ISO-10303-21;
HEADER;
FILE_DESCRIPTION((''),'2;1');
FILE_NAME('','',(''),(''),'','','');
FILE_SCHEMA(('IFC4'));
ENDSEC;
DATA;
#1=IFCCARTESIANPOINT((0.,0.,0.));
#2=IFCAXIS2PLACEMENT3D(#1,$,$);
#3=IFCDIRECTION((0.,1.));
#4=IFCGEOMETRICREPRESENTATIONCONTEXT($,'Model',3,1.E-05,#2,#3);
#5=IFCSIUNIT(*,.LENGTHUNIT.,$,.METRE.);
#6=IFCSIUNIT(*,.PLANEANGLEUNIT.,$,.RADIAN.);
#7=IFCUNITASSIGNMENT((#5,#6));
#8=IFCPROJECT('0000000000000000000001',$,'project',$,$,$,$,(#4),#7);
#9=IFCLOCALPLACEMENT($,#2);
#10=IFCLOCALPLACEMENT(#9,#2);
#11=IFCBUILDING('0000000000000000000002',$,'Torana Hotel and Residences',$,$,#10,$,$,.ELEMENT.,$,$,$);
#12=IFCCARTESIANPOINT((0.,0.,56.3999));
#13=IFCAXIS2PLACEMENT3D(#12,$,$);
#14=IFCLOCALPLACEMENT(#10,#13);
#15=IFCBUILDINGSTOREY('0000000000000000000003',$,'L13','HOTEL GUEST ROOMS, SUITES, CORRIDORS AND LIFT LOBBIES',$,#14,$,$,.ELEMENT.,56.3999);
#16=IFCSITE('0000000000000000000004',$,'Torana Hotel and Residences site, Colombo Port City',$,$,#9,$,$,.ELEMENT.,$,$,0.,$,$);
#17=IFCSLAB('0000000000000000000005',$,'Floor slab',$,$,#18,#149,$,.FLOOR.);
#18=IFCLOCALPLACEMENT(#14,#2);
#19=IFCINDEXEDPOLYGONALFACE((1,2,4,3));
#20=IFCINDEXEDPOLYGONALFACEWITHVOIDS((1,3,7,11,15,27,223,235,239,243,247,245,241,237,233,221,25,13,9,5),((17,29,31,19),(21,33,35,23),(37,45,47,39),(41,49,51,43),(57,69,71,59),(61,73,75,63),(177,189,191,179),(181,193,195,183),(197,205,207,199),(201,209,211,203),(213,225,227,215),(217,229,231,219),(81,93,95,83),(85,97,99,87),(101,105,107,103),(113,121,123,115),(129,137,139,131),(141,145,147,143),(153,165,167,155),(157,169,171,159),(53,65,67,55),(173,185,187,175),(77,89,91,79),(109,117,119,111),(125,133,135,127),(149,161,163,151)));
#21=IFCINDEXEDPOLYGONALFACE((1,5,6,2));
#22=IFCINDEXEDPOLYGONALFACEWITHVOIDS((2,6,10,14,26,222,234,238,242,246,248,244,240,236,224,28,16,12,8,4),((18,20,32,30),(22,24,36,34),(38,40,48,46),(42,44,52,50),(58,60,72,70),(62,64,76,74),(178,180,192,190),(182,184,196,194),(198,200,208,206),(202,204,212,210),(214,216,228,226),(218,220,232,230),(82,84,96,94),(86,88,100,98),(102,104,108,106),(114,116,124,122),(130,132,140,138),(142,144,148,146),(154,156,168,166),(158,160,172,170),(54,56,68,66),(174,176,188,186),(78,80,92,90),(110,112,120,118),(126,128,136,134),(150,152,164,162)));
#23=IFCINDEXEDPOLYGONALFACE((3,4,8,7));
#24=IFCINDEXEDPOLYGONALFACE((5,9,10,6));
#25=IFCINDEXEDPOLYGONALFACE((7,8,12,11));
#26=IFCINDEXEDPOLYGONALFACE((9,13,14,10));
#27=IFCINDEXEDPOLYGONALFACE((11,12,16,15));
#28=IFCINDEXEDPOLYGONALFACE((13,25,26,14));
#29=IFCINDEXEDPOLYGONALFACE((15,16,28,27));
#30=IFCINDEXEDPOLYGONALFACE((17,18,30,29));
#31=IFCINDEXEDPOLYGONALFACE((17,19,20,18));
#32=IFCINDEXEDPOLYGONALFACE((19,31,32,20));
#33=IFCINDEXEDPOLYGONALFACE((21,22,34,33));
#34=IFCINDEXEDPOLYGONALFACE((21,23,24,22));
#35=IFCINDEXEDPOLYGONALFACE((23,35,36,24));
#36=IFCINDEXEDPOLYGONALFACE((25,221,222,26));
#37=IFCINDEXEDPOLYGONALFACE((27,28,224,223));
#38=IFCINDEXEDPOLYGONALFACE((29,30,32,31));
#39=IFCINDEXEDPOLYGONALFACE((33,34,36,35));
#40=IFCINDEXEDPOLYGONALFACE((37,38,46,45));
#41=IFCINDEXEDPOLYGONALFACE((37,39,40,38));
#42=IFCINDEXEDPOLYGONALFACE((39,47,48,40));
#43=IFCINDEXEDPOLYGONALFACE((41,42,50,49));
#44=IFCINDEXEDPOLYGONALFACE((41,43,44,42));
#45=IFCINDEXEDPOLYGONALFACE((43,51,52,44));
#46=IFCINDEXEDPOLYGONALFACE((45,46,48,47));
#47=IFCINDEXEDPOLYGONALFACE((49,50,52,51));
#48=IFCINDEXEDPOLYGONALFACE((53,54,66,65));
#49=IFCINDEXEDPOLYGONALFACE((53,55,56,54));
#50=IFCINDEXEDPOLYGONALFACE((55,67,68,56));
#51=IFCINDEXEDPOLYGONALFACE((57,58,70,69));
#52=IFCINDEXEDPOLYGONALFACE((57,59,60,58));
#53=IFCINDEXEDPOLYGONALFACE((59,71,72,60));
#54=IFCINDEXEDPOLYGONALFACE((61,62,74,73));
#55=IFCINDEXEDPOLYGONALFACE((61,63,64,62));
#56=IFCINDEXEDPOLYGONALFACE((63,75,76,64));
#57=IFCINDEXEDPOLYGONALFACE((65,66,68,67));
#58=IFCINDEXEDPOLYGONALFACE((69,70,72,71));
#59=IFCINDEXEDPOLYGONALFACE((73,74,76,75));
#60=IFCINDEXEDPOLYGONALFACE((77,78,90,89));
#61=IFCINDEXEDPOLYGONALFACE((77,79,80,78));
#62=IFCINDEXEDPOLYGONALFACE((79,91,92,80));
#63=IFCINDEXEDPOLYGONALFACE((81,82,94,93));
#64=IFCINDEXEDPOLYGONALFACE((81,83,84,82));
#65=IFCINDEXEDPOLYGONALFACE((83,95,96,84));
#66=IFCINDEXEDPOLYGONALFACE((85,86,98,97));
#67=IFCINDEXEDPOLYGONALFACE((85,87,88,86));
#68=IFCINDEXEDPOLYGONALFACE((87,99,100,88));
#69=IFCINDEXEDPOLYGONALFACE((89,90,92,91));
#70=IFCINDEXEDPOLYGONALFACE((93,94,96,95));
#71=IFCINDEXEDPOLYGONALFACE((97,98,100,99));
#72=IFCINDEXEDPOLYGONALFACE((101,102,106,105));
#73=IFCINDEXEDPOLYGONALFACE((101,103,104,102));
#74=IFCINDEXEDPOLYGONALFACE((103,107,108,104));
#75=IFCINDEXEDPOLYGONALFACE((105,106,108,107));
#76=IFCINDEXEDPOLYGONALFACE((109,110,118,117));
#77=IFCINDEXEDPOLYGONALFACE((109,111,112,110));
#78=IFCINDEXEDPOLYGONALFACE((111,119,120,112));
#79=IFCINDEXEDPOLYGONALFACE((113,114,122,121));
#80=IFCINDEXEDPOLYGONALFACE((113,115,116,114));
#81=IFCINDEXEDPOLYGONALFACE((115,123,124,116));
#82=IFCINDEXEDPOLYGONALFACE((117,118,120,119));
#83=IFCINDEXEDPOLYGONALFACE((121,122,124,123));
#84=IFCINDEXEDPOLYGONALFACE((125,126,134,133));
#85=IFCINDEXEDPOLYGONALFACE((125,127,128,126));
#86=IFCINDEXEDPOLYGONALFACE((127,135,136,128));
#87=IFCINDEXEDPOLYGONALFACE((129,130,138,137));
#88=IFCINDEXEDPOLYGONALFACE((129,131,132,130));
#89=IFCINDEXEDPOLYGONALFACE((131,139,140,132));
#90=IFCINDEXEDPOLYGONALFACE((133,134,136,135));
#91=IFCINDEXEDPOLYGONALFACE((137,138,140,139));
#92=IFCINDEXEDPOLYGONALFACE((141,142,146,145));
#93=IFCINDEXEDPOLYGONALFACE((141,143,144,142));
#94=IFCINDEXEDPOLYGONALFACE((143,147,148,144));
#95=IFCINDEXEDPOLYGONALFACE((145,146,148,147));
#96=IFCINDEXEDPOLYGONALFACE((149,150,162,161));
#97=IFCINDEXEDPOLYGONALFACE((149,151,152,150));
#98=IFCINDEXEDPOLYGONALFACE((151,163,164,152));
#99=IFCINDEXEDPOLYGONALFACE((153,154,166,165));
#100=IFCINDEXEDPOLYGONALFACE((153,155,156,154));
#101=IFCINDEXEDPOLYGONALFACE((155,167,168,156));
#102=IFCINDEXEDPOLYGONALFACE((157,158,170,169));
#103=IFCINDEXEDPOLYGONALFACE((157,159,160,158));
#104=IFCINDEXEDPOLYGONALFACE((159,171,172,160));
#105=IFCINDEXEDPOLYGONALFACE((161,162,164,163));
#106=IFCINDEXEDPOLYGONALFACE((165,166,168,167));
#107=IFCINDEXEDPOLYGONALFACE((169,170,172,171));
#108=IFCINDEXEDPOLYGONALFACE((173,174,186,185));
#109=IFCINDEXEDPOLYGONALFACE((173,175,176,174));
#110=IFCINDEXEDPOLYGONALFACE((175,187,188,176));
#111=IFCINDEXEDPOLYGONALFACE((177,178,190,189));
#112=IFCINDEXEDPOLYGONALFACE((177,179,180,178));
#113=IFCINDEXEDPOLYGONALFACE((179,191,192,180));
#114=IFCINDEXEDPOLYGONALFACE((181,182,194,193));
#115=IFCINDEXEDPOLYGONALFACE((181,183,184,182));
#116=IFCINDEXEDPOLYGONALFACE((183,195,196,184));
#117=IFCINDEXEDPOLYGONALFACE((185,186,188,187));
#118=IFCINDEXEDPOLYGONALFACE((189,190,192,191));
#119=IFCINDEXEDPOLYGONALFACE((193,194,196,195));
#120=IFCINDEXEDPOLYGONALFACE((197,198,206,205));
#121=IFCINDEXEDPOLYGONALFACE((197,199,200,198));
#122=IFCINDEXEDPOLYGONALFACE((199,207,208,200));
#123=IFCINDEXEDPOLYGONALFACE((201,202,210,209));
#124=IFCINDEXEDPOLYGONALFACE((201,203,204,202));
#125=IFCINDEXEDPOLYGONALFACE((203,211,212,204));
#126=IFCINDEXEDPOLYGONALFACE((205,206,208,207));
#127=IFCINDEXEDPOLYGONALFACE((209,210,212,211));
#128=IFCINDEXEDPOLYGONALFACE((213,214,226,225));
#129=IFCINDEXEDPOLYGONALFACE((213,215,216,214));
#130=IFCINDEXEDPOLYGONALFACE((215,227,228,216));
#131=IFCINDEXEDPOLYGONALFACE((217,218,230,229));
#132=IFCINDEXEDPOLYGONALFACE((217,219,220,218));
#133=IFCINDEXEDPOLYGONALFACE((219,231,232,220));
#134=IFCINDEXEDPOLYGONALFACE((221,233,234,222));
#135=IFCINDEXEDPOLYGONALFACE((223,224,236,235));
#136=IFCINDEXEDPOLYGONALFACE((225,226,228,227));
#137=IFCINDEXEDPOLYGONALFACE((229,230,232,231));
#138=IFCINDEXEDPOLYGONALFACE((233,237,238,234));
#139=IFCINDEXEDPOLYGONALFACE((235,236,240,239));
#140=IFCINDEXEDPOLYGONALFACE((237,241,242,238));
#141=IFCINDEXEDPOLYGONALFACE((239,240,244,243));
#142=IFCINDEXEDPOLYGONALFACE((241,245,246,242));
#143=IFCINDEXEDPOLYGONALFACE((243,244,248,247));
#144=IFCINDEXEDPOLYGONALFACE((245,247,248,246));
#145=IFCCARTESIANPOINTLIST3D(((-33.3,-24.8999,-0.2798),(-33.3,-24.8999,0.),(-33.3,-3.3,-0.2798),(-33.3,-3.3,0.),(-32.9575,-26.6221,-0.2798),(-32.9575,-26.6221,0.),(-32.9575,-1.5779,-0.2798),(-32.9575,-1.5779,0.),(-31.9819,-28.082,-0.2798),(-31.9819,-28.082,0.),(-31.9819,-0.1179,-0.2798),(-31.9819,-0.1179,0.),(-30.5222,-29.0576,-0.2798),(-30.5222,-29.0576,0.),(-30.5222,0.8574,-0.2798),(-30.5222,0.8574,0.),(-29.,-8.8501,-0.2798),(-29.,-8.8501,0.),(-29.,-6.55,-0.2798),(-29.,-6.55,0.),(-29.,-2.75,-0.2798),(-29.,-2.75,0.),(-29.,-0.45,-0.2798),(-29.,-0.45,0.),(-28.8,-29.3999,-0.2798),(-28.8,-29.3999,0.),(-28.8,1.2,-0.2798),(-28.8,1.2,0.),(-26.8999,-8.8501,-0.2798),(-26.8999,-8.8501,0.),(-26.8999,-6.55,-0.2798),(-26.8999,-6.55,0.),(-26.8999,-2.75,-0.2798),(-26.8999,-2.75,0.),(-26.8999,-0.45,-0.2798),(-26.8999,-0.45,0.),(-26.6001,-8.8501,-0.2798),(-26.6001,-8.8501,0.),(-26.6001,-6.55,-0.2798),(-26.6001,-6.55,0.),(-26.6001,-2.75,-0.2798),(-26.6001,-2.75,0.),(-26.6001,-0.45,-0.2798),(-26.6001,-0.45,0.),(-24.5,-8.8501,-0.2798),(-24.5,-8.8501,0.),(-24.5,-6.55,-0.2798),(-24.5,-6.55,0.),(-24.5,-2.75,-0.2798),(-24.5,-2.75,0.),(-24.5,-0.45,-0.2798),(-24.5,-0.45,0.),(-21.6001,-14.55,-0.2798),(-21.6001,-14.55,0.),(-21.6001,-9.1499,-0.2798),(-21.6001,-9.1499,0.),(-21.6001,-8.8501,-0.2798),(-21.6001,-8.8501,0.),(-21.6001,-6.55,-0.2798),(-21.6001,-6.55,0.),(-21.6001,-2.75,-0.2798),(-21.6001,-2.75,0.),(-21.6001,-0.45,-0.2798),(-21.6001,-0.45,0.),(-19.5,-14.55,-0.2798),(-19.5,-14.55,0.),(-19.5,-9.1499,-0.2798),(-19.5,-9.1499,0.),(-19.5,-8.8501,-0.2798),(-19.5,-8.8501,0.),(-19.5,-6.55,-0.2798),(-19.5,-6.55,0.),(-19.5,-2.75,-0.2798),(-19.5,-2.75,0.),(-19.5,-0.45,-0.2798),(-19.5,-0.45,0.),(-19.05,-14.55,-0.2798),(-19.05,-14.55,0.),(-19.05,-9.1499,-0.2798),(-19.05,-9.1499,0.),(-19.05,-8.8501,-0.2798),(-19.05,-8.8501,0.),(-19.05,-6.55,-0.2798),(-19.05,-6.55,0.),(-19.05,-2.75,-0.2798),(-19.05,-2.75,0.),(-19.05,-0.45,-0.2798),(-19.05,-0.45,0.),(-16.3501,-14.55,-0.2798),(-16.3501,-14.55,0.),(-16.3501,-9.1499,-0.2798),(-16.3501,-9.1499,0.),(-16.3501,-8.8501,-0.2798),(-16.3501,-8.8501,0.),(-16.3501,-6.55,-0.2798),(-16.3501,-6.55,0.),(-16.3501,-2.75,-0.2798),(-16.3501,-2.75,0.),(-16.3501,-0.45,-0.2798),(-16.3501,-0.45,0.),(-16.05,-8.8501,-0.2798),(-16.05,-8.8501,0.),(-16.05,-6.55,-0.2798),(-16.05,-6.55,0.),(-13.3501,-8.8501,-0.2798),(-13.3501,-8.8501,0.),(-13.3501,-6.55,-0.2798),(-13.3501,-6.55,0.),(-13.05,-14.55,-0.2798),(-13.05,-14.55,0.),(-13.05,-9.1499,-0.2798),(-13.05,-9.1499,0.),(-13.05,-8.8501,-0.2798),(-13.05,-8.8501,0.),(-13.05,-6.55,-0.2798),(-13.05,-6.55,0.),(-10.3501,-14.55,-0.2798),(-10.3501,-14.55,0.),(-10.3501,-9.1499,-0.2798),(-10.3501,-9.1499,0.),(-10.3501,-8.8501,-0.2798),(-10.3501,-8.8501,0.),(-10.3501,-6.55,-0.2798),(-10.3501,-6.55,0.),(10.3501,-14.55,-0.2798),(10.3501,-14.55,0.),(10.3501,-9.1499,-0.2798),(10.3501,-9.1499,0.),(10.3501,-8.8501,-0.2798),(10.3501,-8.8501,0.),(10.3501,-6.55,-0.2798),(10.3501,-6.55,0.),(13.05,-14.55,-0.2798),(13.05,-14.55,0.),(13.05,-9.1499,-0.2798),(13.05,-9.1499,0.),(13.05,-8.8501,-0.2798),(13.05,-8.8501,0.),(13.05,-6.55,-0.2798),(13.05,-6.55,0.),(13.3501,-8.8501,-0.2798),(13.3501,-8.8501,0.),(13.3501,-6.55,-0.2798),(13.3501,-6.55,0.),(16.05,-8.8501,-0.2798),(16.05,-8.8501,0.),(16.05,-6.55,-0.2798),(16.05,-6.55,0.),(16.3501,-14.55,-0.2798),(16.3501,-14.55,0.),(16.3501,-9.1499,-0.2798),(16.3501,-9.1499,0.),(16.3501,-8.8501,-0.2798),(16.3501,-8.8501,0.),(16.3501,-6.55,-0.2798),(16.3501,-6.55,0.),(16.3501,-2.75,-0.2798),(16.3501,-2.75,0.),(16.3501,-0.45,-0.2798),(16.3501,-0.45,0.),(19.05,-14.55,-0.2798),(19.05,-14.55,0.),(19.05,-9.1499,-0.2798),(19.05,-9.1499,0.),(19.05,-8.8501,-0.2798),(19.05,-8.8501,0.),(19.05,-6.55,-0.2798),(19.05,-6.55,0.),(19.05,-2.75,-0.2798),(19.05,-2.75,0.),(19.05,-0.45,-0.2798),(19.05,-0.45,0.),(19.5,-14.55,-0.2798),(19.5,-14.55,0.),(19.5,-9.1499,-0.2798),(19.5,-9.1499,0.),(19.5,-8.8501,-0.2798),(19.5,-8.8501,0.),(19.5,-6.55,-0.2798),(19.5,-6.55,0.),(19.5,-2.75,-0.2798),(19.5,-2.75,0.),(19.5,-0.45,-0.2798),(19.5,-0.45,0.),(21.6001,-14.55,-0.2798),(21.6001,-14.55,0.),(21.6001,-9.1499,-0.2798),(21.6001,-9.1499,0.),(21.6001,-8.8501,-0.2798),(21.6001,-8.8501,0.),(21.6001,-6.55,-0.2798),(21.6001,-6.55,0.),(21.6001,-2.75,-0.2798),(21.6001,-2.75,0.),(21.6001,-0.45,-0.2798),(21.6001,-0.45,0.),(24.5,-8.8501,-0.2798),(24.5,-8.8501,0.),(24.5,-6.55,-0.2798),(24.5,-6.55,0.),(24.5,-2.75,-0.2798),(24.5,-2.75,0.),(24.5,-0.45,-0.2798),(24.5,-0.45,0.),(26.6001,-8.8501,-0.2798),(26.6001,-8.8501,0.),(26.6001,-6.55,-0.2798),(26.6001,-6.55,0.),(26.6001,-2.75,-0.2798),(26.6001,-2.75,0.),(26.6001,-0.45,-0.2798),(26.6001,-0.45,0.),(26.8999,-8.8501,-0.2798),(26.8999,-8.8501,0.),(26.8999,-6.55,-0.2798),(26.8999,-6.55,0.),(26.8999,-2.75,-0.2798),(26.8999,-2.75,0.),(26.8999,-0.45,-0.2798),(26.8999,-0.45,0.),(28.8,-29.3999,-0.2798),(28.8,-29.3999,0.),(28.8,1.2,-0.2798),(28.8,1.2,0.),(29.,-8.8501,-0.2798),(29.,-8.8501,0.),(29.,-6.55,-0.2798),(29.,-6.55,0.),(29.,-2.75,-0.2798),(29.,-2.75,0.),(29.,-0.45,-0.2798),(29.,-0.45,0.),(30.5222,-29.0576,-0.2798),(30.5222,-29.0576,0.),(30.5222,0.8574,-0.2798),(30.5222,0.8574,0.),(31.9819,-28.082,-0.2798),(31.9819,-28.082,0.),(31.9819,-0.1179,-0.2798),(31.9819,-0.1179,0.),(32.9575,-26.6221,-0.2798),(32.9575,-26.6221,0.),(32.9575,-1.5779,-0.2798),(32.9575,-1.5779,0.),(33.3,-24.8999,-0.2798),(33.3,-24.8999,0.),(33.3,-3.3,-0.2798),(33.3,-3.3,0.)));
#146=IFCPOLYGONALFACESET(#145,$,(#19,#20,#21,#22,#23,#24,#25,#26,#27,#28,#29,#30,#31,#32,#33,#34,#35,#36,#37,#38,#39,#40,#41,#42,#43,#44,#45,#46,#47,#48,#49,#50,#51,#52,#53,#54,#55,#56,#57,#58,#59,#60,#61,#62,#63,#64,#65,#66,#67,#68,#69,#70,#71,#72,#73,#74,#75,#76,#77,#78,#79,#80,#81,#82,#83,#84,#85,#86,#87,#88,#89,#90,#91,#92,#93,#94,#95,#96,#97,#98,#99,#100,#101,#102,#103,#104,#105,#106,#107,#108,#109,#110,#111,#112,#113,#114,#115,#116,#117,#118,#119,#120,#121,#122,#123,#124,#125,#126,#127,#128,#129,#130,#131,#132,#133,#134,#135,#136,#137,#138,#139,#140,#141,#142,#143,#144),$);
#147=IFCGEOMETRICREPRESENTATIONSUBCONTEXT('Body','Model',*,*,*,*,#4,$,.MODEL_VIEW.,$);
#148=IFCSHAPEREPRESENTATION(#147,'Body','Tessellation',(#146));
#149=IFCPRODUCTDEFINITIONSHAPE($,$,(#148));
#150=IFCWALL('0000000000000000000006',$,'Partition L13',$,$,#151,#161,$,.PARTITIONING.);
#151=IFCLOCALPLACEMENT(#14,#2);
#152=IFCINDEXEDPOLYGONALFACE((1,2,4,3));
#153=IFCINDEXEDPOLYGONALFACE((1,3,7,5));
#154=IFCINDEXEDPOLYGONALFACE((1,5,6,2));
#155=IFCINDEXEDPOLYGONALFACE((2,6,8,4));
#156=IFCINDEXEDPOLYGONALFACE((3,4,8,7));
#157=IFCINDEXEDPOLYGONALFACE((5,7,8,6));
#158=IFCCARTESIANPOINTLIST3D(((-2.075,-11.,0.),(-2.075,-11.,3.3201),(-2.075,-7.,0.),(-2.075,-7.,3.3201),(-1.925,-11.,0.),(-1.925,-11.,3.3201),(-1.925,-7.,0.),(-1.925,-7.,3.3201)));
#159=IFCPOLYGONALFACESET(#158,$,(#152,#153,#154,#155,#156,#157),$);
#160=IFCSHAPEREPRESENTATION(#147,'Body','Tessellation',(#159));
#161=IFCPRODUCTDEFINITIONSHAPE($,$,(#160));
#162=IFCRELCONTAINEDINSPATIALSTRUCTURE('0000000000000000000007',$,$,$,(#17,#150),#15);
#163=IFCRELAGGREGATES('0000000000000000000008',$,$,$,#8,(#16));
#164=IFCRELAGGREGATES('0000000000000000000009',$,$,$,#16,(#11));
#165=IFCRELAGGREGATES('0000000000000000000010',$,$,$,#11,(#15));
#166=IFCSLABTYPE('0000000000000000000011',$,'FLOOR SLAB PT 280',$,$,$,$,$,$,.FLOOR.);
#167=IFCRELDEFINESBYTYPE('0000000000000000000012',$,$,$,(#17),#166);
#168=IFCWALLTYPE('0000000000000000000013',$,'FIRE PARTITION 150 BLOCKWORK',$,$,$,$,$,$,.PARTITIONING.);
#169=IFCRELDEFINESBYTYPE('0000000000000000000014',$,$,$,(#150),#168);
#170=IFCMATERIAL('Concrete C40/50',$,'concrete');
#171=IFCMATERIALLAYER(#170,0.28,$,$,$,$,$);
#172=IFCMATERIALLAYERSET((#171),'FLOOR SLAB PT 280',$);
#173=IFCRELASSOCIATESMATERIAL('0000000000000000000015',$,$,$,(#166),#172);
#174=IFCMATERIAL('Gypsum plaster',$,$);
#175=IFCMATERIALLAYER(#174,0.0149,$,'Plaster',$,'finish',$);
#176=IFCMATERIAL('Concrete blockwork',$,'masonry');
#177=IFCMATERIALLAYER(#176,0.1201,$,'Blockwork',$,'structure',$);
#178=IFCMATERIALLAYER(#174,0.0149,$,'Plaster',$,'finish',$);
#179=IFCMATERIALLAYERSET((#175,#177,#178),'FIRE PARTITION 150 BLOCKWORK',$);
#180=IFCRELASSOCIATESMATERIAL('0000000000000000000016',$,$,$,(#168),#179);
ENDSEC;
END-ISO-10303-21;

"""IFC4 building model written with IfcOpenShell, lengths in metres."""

from ifc_helpers import new_model, si_unit, direction, frame, frame_2d, origin, place, context, subcontext, project, spatial, polyline, rectangle, outline, extrude, material, layer, layer_set, type_object, element, save


model = new_model("IFC4")

# Units and contexts
model_context = context("Model", 3, precision=1e-05, world=origin(), true_north=direction((0.0, 1.0)))
body_context = subcontext(model_context, "Body", "Model", "MODEL_VIEW")
ifc_project = project(units=[si_unit("LENGTHUNIT", "METRE"), si_unit("PLANEANGLEUNIT", "RADIAN")], contexts=[model_context])

# Site, building, storey
site_placement = place(None, origin())
site = spatial("IfcSite", under=ifc_project, at=site_placement, Name="Torana Hotel and Residences site, Colombo Port City", CompositionType="ELEMENT", RefElevation=0.0)
building_placement = place(site_placement, origin())
building = spatial("IfcBuilding", under=site, at=building_placement, Name="Torana Hotel and Residences", CompositionType="ELEMENT")
storey_placement = place(building_placement, frame((0.0, 0.0, 56.3999)))
storey = spatial("IfcBuildingStorey", under=building, at=storey_placement, Name="L13", Description="HOTEL GUEST ROOMS, SUITES, CORRIDORS AND LIFT LOBBIES", CompositionType="ELEMENT", Elevation=56.3999)

# Slab
ifc_material_1 = material(Name="Concrete C40/50", Category="concrete")
ifc_layer_1 = layer(ifc_material_1, 0.28)
ifc_layer_set_1 = layer_set([ifc_layer_1], Name="FLOOR SLAB PT 280")
slab_type_1 = type_object("IfcSlabType", Name="FLOOR SLAB PT 280", PredefinedType="FLOOR", material=ifc_layer_set_1)
slab_1_placement = place(storey_placement, frame((0.0, 0.0, -0.2798)))
element("IfcSlab", 1, at=slab_1_placement, inside=storey, type_object=slab_type_1, Name="Floor slab", PredefinedType="FLOOR", context=body_context, shape_type="SweptSolid", body=[
    extrude(outline(polyline([(33.3, -3.3), (32.9575, -1.5779), (31.9819, -0.1179), (30.5222, 0.8574), (28.8, 1.2), (-28.8, 1.2), (-30.5222, 0.8574), (-31.9819, -0.1179), (-32.9575, -1.5779), (-33.3, -3.3), (-33.3, -24.8999), (-32.9575, -26.6221), (-31.9819, -28.082), (-30.5222, -29.0576), (-28.8, -29.3999), (28.8, -29.3999), (30.5222, -29.0576), (31.9819, -28.082), (32.9575, -26.6221), (33.3, -24.8999), (33.3, -3.3)]), holes=[polyline([(-13.05, -14.55), (-10.3501, -14.55), (-10.3501, -9.1499), (-13.05, -9.1499), (-13.05, -14.55)]), polyline([(-19.05, -14.55), (-16.3501, -14.55), (-16.3501, -9.1499), (-19.05, -9.1499), (-19.05, -14.55)]), polyline([(-19.05, -2.75), (-16.3501, -2.75), (-16.3501, -0.45), (-19.05, -0.45), (-19.05, -2.75)]), polyline([(-26.6001, -2.75), (-24.5, -2.75), (-24.5, -0.45), (-26.6001, -0.45), (-26.6001, -2.75)]), polyline([(-29.0, -2.75), (-26.8999, -2.75), (-26.8999, -0.45), (-29.0, -0.45), (-29.0, -2.75)]), polyline([(-26.6001, -8.8501), (-24.5, -8.8501), (-24.5, -6.55), (-26.6001, -6.55), (-26.6001, -8.8501)]), polyline([(-29.0, -8.8501), (-26.8999, -8.8501), (-26.8999, -6.55), (-29.0, -6.55), (-29.0, -8.8501)]), polyline([(-21.6001, -2.75), (-19.5, -2.75), (-19.5, -0.45), (-21.6001, -0.45), (-21.6001, -2.75)]), polyline([(-21.6001, -8.8501), (-19.5, -8.8501), (-19.5, -6.55), (-21.6001, -6.55), (-21.6001, -8.8501)]), polyline([(-13.05, -8.8501), (-10.3501, -8.8501), (-10.3501, -6.55), (-13.05, -6.55), (-13.05, -8.8501)]), polyline([(-16.05, -8.8501), (-13.3501, -8.8501), (-13.3501, -6.55), (-16.05, -6.55), (-16.05, -8.8501)]), polyline([(-19.05, -8.8501), (-16.3501, -8.8501), (-16.3501, -6.55), (-19.05, -6.55), (-19.05, -8.8501)]), polyline([(-21.6001, -14.55), (-19.5, -14.55), (-19.5, -9.1499), (-21.6001, -9.1499), (-21.6001, -14.55)]), polyline([(10.3501, -14.55), (13.05, -14.55), (13.05, -9.1499), (10.3501, -9.1499), (10.3501, -14.55)]), polyline([(16.3501, -14.55), (19.05, -14.55), (19.05, -9.1499), (16.3501, -9.1499), (16.3501, -14.55)]), polyline([(16.3501, -2.75), (19.05, -2.75), (19.05, -0.45), (16.3501, -0.45), (16.3501, -2.75)]), polyline([(24.5, -2.75), (26.6001, -2.75), (26.6001, -0.45), (24.5, -0.45), (24.5, -2.75)]), polyline([(26.8999, -2.75), (29.0, -2.75), (29.0, -0.45), (26.8999, -0.45), (26.8999, -2.75)]), polyline([(24.5, -8.8501), (26.6001, -8.8501), (26.6001, -6.55), (24.5, -6.55), (24.5, -8.8501)]), polyline([(26.8999, -8.8501), (29.0, -8.8501), (29.0, -6.55), (26.8999, -6.55), (26.8999, -8.8501)]), polyline([(19.5, -2.75), (21.6001, -2.75), (21.6001, -0.45), (19.5, -0.45), (19.5, -2.75)]), polyline([(19.5, -8.8501), (21.6001, -8.8501), (21.6001, -6.55), (19.5, -6.55), (19.5, -8.8501)]), polyline([(10.3501, -8.8501), (13.05, -8.8501), (13.05, -6.55), (10.3501, -6.55), (10.3501, -8.8501)]), polyline([(13.3501, -8.8501), (16.05, -8.8501), (16.05, -6.55), (13.3501, -6.55), (13.3501, -8.8501)]), polyline([(16.3501, -8.8501), (19.05, -8.8501), (19.05, -6.55), (16.3501, -6.55), (16.3501, -8.8501)]), polyline([(19.5, -14.55), (21.6001, -14.55), (21.6001, -9.1499), (19.5, -9.1499), (19.5, -14.55)])]), origin(), (0.0, 0.0, 1.0), 0.2798),
])

# Wall
ifc_material_2 = material(Name="Gypsum plaster")
ifc_layer_2 = layer(ifc_material_2, 0.0149, Name="Plaster", Category="finish")
ifc_material_3 = material(Name="Concrete blockwork", Category="masonry")
ifc_layer_3 = layer(ifc_material_3, 0.1201, Name="Blockwork", Category="structure")
ifc_layer_4 = layer(ifc_material_2, 0.0149, Name="Plaster", Category="finish")
ifc_layer_set_2 = layer_set([ifc_layer_2, ifc_layer_3, ifc_layer_4], Name="FIRE PARTITION 150 BLOCKWORK")
wall_type_1 = type_object("IfcWallType", Name="FIRE PARTITION 150 BLOCKWORK", PredefinedType="PARTITIONING", material=ifc_layer_set_2)
wall_1_placement = place(storey_placement, frame((-2.0, -11.0, 0.0), z_axis=(0.0, 0.0, 1.0), x_axis=(0.0, 1.0, 0.0)))
element("IfcWall", 2, at=wall_1_placement, inside=storey, type_object=wall_type_1, Name="Partition L13", PredefinedType="PARTITIONING", context=body_context, shape_type="SweptSolid", body=[
    extrude(rectangle(XDim=4.0, YDim=0.1499, at=frame_2d((2.0, 0.0))), origin(), (0.0, 0.0, 1.0), 3.3201),
])

save(model, "model.ifc")
